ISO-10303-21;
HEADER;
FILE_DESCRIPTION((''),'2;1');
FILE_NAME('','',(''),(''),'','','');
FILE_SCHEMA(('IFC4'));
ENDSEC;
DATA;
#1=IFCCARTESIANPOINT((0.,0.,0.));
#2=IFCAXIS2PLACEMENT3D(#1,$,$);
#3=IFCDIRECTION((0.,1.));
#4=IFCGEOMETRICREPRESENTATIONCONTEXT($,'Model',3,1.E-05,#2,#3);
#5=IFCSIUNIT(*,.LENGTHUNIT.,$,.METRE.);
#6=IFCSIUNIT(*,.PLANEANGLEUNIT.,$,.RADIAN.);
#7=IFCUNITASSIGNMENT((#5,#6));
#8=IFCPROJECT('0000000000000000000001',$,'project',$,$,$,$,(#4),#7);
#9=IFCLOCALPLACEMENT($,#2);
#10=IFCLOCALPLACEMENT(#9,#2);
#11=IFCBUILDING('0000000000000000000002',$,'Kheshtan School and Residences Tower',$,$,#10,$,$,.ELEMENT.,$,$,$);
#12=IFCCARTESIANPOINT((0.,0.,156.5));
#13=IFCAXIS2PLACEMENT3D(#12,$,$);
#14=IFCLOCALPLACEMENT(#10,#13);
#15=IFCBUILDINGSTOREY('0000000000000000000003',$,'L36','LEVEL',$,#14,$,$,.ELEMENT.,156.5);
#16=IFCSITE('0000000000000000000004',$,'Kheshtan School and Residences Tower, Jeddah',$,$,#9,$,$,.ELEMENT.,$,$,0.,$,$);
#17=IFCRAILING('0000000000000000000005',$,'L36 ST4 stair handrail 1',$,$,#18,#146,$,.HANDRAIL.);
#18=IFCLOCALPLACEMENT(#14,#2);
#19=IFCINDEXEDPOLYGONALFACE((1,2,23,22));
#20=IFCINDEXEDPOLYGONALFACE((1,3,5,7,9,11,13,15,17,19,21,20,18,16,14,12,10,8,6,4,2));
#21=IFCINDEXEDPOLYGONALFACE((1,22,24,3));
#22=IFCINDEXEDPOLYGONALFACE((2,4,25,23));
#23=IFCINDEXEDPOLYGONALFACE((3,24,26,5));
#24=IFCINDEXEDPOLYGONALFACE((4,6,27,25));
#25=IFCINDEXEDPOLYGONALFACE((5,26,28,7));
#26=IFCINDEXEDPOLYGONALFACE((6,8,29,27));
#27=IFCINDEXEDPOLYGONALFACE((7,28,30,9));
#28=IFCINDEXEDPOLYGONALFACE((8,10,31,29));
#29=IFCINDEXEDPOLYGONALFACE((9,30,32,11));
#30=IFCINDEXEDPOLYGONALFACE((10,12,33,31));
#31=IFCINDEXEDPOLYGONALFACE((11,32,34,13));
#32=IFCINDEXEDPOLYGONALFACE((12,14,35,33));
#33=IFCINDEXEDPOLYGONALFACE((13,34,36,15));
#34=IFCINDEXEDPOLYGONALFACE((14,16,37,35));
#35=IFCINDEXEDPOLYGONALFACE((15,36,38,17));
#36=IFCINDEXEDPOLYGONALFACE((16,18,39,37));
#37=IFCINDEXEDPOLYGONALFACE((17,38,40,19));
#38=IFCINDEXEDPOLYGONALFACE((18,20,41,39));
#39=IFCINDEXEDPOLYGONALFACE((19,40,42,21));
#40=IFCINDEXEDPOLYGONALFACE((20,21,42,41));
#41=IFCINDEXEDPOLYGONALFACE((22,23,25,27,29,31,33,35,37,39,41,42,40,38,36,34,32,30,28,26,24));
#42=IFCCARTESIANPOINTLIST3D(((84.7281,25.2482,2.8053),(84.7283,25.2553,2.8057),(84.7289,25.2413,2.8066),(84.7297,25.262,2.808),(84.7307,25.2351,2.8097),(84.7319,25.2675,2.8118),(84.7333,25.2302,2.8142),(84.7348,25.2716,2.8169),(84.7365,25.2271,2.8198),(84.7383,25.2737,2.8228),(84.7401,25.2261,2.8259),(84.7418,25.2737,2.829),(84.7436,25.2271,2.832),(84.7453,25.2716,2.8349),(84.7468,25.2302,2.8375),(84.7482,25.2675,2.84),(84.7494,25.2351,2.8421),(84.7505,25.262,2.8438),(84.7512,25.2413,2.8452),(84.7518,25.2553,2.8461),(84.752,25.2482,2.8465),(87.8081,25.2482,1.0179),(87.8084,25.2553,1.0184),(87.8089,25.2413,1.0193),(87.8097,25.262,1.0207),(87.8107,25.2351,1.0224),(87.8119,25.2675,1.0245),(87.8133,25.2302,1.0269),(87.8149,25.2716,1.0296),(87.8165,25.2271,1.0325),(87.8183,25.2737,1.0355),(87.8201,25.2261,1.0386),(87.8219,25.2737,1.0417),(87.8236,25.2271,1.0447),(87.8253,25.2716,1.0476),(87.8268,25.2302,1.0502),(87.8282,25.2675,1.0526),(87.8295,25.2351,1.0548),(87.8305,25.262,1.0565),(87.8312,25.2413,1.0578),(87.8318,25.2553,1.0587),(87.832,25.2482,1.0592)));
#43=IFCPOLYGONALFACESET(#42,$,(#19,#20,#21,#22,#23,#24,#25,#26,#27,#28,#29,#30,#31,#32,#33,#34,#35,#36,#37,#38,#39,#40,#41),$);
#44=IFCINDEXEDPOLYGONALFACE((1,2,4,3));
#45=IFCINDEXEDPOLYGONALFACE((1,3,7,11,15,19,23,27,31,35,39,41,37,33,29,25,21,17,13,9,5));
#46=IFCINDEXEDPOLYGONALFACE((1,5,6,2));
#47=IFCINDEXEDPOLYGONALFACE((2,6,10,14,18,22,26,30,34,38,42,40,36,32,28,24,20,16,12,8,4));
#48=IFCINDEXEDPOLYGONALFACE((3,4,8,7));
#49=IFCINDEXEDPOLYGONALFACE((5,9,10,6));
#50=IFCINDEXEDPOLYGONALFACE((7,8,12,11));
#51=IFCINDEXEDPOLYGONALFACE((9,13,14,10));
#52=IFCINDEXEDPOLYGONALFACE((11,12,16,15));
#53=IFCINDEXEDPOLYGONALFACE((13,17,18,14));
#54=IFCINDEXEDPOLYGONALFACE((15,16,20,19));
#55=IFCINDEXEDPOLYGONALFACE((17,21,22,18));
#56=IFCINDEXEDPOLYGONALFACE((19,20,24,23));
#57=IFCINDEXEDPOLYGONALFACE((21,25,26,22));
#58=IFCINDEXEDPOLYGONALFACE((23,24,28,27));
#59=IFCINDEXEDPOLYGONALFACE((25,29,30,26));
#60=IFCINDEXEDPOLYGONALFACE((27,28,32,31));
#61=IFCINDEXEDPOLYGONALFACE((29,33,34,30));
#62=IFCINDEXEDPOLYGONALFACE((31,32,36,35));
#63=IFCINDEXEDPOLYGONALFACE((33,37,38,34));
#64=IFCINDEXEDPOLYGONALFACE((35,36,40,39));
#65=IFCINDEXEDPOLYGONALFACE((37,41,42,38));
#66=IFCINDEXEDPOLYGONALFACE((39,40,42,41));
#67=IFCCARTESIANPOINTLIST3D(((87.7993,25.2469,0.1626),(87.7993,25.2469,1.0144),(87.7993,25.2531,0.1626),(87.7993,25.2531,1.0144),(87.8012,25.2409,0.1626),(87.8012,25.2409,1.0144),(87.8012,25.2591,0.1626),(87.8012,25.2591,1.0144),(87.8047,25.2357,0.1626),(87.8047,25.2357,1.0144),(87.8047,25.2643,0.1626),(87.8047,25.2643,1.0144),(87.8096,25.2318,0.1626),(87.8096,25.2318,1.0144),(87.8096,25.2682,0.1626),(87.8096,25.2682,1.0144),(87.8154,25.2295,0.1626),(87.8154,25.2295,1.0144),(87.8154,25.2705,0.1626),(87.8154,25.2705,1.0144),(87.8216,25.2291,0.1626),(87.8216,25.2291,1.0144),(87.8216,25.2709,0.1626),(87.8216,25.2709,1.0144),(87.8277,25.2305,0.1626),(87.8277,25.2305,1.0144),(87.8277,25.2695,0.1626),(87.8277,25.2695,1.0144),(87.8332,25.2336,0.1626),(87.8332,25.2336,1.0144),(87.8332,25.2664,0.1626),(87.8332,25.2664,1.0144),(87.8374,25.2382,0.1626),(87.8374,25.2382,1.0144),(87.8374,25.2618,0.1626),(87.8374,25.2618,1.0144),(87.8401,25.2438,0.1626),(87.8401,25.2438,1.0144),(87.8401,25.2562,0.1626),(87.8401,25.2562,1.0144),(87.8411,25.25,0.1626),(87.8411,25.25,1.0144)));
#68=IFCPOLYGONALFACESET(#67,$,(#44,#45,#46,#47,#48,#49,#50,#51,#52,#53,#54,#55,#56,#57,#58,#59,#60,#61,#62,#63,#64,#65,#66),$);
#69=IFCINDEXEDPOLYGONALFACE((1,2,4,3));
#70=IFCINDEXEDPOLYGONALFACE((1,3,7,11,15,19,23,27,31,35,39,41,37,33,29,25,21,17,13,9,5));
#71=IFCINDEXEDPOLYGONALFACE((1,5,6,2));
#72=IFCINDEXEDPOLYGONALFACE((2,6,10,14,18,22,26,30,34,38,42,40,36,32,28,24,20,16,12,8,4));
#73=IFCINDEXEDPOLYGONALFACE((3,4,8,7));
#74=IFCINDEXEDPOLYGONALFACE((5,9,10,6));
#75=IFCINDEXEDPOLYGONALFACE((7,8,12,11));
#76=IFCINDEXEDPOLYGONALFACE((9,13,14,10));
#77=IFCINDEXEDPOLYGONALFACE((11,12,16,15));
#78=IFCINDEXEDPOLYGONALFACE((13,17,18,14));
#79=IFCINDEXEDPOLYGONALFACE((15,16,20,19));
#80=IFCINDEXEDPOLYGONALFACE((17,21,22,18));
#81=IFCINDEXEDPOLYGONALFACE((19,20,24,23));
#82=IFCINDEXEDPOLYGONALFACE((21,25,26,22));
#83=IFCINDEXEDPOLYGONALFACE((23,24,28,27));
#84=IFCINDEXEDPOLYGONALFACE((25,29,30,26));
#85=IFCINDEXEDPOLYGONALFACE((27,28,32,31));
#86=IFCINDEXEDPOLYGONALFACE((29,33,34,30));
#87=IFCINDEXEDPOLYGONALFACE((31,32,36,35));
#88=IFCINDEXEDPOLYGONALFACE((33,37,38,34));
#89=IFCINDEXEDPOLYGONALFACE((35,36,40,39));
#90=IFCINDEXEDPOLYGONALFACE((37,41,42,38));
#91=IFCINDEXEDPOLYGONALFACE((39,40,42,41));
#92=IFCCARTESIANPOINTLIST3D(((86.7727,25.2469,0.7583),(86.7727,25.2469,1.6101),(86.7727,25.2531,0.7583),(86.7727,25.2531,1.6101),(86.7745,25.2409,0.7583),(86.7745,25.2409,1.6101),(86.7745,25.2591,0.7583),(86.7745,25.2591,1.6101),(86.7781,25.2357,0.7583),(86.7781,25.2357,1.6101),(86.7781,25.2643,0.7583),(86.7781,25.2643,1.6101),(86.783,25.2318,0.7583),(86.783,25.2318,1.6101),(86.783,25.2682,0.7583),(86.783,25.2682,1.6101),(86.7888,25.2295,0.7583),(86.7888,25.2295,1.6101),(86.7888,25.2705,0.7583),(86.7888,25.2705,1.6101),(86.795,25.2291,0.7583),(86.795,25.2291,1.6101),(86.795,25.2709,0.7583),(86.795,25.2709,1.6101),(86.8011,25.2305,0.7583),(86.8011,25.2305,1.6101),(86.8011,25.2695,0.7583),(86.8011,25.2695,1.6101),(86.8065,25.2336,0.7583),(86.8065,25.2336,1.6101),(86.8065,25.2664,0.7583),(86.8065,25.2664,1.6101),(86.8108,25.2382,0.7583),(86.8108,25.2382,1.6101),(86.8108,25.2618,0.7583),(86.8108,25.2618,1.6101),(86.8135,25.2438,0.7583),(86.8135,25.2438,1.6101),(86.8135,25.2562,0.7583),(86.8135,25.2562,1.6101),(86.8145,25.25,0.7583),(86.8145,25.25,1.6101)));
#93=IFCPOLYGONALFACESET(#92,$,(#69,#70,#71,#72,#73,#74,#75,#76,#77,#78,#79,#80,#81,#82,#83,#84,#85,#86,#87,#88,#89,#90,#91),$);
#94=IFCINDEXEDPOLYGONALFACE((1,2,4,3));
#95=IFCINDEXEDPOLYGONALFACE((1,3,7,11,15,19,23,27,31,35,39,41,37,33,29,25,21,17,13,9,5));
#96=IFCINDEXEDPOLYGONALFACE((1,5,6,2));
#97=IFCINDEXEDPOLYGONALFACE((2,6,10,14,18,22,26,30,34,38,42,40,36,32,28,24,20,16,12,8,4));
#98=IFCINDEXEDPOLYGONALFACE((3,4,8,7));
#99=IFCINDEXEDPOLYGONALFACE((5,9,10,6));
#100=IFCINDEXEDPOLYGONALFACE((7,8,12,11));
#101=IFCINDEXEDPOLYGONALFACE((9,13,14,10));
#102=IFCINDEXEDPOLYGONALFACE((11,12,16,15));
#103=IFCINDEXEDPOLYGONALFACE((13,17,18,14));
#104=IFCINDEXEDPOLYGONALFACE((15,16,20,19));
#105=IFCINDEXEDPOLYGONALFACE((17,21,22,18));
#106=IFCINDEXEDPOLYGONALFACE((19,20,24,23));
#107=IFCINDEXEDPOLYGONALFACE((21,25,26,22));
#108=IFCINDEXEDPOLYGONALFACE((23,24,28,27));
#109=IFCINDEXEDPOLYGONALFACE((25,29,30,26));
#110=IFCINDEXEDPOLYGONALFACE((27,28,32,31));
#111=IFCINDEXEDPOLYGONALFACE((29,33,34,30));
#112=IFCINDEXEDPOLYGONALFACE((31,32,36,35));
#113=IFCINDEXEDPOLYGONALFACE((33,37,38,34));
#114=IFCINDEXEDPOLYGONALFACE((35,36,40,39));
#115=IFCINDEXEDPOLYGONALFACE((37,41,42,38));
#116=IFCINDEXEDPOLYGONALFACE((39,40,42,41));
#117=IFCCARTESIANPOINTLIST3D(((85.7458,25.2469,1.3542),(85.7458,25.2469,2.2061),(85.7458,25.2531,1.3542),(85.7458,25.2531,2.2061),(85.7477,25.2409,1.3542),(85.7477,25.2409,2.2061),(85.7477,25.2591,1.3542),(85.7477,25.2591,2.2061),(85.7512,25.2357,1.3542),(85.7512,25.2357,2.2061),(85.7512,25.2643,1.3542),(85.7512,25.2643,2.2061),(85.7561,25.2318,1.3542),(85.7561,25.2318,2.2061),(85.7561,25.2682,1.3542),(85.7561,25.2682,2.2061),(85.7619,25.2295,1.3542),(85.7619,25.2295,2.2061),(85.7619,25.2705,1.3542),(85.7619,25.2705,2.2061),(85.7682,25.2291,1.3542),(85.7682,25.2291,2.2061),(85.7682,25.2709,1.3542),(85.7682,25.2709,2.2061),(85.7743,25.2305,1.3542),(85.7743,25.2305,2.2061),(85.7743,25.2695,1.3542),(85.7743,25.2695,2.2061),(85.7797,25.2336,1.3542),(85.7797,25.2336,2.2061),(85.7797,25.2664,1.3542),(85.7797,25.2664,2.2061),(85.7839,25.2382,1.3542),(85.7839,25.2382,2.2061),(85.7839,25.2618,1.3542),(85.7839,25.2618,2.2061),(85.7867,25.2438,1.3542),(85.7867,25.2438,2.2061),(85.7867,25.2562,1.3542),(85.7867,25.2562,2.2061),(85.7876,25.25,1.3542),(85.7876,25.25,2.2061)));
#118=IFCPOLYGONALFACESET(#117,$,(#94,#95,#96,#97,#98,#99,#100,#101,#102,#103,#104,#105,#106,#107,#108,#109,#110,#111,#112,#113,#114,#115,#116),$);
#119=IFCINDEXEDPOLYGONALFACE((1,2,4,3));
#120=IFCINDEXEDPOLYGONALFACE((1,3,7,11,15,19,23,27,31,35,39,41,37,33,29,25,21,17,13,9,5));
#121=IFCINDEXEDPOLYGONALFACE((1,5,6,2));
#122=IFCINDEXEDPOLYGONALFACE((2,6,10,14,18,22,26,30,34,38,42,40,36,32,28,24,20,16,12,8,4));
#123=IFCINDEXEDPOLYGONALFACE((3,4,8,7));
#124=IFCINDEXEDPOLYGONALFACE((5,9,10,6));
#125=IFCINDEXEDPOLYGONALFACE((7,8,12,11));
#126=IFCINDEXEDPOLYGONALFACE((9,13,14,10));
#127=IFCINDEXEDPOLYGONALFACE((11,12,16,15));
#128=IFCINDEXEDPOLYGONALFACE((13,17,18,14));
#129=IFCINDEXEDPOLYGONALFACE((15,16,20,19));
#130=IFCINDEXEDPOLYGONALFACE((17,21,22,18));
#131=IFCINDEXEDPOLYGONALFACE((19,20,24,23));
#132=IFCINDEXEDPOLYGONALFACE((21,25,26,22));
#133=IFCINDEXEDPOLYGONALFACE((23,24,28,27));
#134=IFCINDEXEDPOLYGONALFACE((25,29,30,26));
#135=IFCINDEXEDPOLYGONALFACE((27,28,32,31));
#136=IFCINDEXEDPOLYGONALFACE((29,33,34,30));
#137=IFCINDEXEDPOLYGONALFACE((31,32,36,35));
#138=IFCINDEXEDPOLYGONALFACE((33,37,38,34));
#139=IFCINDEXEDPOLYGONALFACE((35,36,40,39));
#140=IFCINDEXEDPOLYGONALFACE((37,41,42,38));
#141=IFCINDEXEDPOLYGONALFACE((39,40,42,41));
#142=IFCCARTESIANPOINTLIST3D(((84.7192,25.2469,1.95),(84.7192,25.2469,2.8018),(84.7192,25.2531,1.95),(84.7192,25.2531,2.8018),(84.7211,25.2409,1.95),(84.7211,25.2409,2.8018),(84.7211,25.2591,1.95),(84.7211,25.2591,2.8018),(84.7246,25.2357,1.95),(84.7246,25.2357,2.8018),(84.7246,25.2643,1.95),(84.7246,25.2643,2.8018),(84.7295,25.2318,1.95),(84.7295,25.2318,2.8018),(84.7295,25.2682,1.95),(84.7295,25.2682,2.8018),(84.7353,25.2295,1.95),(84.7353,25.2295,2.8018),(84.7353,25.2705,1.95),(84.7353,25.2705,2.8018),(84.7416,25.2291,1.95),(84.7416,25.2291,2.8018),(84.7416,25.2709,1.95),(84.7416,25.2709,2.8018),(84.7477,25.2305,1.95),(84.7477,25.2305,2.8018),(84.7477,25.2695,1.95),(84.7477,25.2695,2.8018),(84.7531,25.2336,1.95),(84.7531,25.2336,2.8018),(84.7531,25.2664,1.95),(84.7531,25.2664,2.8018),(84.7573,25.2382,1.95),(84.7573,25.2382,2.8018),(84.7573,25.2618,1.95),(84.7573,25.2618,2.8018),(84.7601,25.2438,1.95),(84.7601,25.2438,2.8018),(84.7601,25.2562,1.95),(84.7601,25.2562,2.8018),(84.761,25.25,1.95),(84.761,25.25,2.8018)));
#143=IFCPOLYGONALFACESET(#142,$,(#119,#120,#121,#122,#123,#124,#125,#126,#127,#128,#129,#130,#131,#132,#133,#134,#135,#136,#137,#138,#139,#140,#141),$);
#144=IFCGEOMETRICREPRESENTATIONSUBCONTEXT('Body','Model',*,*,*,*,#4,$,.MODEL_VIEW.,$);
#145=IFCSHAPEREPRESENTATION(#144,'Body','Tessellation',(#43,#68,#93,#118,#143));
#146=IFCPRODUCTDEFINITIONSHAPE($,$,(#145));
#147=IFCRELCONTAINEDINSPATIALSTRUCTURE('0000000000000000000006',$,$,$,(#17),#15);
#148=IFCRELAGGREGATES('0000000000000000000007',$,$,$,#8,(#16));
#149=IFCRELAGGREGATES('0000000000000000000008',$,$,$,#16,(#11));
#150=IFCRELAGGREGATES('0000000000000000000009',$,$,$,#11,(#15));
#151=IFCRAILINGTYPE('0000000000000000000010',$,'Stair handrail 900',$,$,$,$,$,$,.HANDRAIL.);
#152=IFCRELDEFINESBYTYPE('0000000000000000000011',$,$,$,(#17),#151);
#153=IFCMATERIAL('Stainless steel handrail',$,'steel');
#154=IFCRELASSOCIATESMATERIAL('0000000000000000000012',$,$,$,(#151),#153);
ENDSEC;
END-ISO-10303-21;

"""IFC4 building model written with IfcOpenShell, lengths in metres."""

from ifc_helpers import new_model, si_unit, direction, frame, origin, origin_2d, place, context, subcontext, project, spatial, circle, extrude, material, type_object, element, save


model = new_model("IFC4")

# Units and contexts
model_context = context("Model", 3, precision=1e-05, world=origin(), true_north=direction((0.0, 1.0)))
body_context = subcontext(model_context, "Body", "Model", "MODEL_VIEW")
ifc_project = project(units=[si_unit("LENGTHUNIT", "METRE"), si_unit("PLANEANGLEUNIT", "RADIAN")], contexts=[model_context])

# Site, building, storey
site_placement = place(None, origin())
site = spatial("IfcSite", under=ifc_project, at=site_placement, Name="Kheshtan School and Residences Tower, Jeddah", CompositionType="ELEMENT", RefElevation=0.0)
building_placement = place(site_placement, origin())
building = spatial("IfcBuilding", under=site, at=building_placement, Name="Kheshtan School and Residences Tower", CompositionType="ELEMENT")
storey_placement = place(building_placement, frame((0.0, 0.0, 156.5)))
storey = spatial("IfcBuildingStorey", under=building, at=storey_placement, Name="L36", Description="LEVEL", CompositionType="ELEMENT", Elevation=156.5)

# Railing
ifc_material_1 = material(Name="Stainless steel handrail", Category="steel")
railing_type_1 = type_object("IfcRailingType", Name="Stair handrail 900", PredefinedType="HANDRAIL", material=ifc_material_1)
railing_1_placement = place(storey_placement, frame((87.8201, 25.25, 0.1626)))
element("IfcRailing", 1, at=railing_1_placement, inside=storey, type_object=railing_type_1, Name="L36 ST4 stair handrail 1", PredefinedType="HANDRAIL", context=body_context, shape_type="SweptSolid", body=[
    extrude(circle(Radius=0.0239, at=origin_2d()), frame((0.0, 0.0, 0.876), z_axis=(-0.86492, 0.0, 0.501909), x_axis=(0.0, -1.0, 0.0)), (0.0, 0.0, 1.0), 3.561),
    extrude(circle(Radius=0.021, at=origin_2d()), origin(), (0.0, 0.0, 1.0), 0.8518),
    extrude(circle(Radius=0.021, at=origin_2d()), frame((-1.0266, 0.0, 0.5957)), (0.0, 0.0, 1.0), 0.8518),
    extrude(circle(Radius=0.021, at=origin_2d()), frame((-2.0535, 0.0, 1.1917)), (0.0, 0.0, 1.0), 0.8518),
    extrude(circle(Radius=0.021, at=origin_2d()), frame((-3.0801, 0.0, 1.7874)), (0.0, 0.0, 1.0), 0.8518),
])

save(model, "model.ifc")
